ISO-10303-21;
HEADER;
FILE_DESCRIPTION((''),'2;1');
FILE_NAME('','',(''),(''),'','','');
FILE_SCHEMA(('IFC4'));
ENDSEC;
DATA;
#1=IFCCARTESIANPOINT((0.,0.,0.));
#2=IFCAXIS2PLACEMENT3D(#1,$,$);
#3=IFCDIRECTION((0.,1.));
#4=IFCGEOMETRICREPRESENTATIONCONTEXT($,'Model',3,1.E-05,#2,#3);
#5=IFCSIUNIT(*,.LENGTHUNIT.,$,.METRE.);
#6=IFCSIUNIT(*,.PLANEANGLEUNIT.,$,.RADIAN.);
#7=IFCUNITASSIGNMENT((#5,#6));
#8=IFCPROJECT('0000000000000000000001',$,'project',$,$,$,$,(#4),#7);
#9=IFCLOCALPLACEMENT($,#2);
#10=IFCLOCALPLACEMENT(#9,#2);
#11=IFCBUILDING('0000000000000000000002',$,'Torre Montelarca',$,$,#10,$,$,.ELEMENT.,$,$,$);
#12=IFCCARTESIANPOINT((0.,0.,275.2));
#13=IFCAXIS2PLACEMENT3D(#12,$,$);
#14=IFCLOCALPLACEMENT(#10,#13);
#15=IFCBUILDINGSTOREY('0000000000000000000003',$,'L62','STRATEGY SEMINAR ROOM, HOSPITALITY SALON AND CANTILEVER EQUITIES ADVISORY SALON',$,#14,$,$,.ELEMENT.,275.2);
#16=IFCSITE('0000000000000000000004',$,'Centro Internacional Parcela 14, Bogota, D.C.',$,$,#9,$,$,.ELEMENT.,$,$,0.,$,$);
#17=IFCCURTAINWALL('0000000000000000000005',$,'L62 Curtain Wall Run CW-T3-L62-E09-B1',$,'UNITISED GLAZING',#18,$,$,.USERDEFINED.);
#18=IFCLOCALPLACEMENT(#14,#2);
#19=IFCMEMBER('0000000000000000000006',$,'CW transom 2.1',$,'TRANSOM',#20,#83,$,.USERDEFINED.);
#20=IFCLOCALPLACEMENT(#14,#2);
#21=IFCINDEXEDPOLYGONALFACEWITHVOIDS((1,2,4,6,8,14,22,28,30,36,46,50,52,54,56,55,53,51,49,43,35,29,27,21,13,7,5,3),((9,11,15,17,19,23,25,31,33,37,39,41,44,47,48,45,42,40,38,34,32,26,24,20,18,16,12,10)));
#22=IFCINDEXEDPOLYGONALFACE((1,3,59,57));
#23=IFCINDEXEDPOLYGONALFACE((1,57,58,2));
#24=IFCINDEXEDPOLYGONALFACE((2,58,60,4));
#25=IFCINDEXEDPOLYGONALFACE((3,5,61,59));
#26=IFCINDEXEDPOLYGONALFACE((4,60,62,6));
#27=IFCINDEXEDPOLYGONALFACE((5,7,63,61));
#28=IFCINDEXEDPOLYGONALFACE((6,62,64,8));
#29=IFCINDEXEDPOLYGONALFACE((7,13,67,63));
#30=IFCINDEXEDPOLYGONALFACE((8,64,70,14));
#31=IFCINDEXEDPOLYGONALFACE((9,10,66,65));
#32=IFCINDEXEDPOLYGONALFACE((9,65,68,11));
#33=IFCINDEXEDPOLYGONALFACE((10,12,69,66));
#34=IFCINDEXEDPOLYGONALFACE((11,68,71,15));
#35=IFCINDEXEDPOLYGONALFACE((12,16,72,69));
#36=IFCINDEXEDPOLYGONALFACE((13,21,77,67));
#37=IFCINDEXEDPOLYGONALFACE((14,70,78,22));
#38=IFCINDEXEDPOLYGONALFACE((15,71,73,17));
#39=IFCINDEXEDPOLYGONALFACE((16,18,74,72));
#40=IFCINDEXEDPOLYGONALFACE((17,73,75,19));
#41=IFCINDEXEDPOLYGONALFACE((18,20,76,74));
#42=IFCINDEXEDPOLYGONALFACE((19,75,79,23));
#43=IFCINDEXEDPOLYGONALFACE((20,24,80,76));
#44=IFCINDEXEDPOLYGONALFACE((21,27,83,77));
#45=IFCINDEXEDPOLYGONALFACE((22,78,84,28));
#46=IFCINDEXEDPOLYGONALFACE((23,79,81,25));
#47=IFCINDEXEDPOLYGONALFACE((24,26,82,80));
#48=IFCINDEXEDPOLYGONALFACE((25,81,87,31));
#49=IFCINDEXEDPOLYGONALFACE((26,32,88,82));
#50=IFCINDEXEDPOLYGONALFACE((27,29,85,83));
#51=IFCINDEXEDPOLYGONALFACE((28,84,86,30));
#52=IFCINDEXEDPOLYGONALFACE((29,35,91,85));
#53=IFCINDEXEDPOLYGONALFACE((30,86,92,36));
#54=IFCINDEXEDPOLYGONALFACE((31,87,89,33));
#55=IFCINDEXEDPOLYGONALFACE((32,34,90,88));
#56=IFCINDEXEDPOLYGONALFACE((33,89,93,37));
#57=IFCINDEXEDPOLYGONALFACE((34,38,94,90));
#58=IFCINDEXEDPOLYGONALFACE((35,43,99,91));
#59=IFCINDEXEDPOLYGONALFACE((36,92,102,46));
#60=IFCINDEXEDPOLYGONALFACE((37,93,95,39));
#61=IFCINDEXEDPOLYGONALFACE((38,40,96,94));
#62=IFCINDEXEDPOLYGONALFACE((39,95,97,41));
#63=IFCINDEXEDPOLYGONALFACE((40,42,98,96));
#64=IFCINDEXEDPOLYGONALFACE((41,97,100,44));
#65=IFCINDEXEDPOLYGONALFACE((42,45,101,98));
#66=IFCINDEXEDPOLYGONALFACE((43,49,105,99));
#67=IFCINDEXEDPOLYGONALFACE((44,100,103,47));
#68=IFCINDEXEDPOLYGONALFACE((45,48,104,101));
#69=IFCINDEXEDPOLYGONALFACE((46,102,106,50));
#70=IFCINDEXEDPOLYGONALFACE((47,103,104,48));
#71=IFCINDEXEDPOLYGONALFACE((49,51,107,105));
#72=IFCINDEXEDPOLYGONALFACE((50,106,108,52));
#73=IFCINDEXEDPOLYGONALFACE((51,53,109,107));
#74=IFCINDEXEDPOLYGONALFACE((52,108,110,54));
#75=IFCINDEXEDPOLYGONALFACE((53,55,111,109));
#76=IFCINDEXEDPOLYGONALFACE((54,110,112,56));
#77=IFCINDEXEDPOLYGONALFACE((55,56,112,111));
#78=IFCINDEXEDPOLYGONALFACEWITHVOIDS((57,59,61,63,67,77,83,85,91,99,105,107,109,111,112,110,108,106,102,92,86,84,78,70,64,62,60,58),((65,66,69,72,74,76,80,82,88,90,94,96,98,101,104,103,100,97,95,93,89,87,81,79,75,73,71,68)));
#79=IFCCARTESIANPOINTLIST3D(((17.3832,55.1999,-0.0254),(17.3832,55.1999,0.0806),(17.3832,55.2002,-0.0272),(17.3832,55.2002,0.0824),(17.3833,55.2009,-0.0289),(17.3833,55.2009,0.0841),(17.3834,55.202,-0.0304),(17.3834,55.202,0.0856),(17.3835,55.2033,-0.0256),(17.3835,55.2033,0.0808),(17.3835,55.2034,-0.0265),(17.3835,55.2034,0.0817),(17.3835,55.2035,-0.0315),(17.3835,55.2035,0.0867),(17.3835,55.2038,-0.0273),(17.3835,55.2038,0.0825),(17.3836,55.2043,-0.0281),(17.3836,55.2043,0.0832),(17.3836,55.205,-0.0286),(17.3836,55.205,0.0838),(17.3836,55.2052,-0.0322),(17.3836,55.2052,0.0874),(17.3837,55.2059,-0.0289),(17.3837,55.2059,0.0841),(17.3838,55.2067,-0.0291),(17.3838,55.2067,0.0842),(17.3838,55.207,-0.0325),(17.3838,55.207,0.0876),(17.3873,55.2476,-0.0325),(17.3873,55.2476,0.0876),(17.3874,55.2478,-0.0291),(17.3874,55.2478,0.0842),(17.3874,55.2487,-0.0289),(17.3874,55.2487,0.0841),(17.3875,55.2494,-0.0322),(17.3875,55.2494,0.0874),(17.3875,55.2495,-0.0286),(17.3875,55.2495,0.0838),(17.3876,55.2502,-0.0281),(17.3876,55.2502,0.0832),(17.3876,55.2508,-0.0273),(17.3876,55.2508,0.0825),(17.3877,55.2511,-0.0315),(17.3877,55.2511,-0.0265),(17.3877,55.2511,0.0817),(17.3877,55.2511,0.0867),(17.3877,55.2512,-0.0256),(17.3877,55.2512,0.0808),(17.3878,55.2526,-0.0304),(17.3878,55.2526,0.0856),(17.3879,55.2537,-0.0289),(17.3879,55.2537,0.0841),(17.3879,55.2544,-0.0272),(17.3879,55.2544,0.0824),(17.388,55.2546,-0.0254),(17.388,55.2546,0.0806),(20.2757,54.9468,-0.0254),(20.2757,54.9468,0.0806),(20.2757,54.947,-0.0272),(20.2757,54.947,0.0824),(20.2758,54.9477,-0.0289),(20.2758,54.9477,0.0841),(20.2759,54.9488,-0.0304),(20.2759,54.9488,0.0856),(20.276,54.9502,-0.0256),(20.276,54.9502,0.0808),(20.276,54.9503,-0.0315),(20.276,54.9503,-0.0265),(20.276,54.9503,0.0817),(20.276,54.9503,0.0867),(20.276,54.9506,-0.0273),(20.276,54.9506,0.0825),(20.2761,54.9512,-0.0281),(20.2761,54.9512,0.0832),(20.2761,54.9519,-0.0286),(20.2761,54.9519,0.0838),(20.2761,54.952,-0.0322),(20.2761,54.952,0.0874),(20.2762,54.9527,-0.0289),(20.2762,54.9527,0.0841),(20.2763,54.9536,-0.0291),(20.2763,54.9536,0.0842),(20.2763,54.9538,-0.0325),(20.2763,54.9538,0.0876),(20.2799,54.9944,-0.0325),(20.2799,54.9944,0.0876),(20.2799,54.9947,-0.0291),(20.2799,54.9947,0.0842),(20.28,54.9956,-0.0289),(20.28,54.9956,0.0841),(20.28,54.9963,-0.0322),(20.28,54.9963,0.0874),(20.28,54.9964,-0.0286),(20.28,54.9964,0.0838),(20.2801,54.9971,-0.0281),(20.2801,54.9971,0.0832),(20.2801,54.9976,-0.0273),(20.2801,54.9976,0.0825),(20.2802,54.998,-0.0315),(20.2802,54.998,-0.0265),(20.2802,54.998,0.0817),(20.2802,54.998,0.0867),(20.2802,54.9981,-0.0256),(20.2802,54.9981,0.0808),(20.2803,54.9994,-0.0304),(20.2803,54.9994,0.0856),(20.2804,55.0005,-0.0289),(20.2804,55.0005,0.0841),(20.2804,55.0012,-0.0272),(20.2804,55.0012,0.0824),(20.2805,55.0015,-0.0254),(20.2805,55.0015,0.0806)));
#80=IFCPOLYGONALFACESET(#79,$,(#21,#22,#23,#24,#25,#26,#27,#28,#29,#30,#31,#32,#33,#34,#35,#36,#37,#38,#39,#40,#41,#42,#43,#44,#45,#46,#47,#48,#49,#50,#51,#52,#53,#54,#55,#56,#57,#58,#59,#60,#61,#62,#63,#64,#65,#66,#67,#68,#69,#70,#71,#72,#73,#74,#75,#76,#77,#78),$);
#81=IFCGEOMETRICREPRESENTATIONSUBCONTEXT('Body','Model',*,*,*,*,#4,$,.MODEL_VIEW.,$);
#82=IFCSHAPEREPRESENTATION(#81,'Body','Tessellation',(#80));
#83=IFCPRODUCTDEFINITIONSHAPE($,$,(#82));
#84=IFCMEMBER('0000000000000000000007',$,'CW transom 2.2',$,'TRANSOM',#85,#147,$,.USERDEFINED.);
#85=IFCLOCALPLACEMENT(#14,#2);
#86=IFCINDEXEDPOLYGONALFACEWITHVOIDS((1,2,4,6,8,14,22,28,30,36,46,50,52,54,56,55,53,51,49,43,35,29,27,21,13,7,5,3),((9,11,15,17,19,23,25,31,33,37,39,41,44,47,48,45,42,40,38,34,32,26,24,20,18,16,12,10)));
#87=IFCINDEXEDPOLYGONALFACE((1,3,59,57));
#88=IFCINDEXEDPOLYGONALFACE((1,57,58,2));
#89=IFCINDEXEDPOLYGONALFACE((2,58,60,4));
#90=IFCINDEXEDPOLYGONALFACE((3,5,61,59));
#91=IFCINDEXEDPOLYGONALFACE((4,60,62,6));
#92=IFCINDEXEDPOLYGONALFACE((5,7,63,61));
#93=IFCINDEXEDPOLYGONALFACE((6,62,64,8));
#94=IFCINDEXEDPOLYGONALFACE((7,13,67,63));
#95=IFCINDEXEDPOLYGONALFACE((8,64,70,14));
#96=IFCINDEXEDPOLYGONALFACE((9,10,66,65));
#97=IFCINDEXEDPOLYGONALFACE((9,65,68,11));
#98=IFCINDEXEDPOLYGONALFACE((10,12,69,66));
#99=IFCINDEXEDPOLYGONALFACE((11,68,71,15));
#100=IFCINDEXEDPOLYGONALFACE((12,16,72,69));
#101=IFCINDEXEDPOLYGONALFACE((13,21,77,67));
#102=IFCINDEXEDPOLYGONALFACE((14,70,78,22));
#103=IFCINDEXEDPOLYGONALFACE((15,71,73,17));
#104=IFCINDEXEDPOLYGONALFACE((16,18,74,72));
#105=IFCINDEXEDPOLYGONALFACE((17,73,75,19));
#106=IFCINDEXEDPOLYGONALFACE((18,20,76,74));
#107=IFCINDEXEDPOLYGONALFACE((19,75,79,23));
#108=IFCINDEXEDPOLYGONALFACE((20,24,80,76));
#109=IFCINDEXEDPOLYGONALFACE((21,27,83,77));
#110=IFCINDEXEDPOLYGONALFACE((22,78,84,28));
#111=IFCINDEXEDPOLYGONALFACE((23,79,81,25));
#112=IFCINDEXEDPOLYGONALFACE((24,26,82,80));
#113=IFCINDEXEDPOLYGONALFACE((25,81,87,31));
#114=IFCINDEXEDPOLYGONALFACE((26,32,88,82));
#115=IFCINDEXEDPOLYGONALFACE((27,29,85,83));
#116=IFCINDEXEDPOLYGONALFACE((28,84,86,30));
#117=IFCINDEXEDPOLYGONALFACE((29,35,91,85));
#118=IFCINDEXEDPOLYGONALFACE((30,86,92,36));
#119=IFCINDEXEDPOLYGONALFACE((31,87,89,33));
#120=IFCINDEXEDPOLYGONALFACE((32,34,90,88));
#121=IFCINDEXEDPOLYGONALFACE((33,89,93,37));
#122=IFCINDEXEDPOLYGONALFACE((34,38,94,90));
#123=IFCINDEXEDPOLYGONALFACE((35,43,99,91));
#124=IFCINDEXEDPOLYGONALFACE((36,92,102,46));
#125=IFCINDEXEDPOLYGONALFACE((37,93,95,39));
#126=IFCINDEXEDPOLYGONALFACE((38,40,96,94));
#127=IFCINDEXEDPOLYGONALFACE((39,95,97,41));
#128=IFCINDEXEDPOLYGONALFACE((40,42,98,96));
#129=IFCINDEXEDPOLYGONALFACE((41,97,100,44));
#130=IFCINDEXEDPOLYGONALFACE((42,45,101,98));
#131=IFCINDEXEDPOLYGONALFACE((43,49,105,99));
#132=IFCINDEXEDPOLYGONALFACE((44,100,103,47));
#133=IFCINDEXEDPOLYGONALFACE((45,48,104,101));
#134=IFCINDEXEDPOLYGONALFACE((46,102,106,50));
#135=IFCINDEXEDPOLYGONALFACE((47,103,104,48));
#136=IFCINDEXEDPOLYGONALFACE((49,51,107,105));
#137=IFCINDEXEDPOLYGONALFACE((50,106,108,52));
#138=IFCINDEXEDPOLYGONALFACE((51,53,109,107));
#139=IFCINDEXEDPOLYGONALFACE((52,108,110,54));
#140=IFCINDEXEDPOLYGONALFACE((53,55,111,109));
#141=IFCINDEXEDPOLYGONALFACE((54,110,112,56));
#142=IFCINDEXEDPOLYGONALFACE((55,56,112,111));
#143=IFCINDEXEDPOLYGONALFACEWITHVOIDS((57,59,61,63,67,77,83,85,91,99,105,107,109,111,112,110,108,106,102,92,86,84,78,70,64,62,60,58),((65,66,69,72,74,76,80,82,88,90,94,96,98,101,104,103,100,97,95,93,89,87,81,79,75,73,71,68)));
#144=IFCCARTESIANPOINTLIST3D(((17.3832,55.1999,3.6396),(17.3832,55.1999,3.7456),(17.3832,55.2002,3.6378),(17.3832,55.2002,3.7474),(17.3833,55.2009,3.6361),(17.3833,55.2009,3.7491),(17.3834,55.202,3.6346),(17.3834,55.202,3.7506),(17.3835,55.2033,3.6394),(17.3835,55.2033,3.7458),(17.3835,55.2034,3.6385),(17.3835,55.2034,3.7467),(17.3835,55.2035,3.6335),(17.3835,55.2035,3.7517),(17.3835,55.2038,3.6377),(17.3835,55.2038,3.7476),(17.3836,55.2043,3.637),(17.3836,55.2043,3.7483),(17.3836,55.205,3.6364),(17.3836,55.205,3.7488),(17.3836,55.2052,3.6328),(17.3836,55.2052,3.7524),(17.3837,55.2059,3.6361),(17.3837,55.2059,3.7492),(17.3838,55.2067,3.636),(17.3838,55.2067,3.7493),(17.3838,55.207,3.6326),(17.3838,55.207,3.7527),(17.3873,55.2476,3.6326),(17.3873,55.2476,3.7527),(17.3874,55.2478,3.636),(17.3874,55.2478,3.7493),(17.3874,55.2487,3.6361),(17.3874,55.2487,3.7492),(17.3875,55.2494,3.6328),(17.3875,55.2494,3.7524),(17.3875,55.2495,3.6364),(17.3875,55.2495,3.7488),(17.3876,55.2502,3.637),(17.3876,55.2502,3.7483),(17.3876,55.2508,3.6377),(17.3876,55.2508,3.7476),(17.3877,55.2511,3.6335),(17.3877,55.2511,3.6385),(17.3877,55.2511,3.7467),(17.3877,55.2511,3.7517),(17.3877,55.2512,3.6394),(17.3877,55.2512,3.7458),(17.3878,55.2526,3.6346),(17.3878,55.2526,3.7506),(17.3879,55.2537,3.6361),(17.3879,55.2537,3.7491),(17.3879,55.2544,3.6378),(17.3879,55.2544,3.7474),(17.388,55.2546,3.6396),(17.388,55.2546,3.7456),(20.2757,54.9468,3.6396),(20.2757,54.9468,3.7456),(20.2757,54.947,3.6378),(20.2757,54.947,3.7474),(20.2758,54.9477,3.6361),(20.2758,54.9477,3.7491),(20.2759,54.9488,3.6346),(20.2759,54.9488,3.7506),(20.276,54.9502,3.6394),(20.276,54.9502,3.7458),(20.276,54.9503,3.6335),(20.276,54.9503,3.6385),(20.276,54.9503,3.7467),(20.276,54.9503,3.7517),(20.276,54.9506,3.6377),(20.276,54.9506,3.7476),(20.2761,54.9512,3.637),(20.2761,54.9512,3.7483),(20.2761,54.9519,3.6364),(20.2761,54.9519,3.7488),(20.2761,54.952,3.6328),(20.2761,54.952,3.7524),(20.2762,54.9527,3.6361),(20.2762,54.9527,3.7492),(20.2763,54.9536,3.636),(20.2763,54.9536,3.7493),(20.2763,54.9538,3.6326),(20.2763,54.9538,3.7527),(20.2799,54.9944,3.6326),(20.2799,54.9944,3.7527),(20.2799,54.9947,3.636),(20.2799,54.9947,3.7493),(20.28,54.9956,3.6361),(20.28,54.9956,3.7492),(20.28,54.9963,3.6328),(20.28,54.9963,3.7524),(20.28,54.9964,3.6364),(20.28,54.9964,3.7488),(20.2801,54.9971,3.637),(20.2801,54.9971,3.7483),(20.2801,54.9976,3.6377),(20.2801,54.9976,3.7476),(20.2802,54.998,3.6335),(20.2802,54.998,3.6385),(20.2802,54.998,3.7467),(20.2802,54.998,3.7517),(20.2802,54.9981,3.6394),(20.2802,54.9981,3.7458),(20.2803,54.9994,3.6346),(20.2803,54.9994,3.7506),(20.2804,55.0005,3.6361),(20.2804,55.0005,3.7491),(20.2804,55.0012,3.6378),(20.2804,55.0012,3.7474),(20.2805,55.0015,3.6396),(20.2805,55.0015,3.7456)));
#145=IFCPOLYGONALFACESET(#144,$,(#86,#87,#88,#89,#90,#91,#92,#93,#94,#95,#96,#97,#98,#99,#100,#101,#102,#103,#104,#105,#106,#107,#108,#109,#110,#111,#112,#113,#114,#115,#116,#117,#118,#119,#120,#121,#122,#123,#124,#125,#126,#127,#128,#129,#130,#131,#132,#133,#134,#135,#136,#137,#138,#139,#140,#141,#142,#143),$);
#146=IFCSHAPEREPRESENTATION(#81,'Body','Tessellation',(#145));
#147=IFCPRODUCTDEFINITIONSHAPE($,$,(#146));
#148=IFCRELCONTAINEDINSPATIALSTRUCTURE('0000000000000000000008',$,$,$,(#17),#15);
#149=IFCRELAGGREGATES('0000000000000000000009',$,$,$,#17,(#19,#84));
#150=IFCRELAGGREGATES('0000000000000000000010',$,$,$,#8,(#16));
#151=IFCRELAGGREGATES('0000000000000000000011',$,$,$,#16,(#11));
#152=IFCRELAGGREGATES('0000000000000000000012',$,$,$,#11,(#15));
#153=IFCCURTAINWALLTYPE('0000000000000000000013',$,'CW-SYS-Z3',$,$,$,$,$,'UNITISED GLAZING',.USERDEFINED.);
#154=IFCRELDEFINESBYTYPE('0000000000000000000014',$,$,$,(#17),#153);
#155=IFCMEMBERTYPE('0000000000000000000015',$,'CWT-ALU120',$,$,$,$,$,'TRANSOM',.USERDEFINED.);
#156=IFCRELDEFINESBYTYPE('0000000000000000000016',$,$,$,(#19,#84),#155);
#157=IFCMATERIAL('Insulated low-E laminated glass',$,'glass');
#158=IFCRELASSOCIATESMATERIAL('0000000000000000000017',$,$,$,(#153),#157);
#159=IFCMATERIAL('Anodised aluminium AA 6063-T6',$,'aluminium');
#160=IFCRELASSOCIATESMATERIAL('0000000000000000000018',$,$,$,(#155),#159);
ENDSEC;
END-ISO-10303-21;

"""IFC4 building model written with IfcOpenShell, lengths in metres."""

from ifc_helpers import new_model, si_unit, direction, frame, origin, origin_2d, place, context, subcontext, project, spatial, hollow_rectangle, extrude, source, transform, mapped, material, material_profile, profile_set, type_object, element, aggregate, save


model = new_model("IFC4")

# Units and contexts
model_context = context("Model", 3, precision=1e-05, world=origin(), true_north=direction((0.0, 1.0)))
body_context = subcontext(model_context, "Body", "Model", "MODEL_VIEW")
ifc_project = project(units=[si_unit("LENGTHUNIT", "METRE"), si_unit("PLANEANGLEUNIT", "RADIAN")], contexts=[model_context])

# Site, building, storey
site_placement = place(None, origin())
site = spatial("IfcSite", under=ifc_project, at=site_placement, Name="Centro Internacional Parcela 14, Bogota, D.C.", CompositionType="ELEMENT", RefElevation=0.0)
building_placement = place(site_placement, origin())
building = spatial("IfcBuilding", under=site, at=building_placement, Name="Torre Montelarca", CompositionType="ELEMENT")
storey_placement = place(building_placement, frame((0.0, 0.0, 275.2)))
storey = spatial("IfcBuildingStorey", under=building, at=storey_placement, Name="L62", Description="STRATEGY SEMINAR ROOM, HOSPITALITY SALON AND CANTILEVER EQUITIES ADVISORY SALON", CompositionType="ELEMENT", Elevation=275.2)

# Curtain wall, members
ifc_material_1 = material(Name="Insulated low-E laminated glass", Category="glass")
curtain_wall_type = type_object("IfcCurtainWallType", Name="CW-SYS-Z3", ElementType="UNITISED GLAZING", PredefinedType="USERDEFINED", material=ifc_material_1)
curtain_wall_placement = place(storey_placement, origin())
curtain_wall = element("IfcCurtainWall", 1, at=curtain_wall_placement, inside=storey, type_object=curtain_wall_type, Name="L62 Curtain Wall Run CW-T3-L62-E09-B1", ObjectType="UNITISED GLAZING", PredefinedType="USERDEFINED")
ifc_material_2 = material(Name="Anodised aluminium AA 6063-T6", Category="aluminium")
ifc_material_profile_1 = material_profile(ifc_material_2, hollow_rectangle(XDim=0.0549, YDim=0.1201, WallThickness=0.0034, InnerFilletRadius=0.0034, OuterFilletRadius=0.0071, at=origin_2d()), Name="ALU55X120X3.5", Category="aluminium")
ifc_profile_set_1 = profile_set([ifc_material_profile_1], Name="Anodised aluminium AA 6063-T6")
member_type_1 = type_object("IfcMemberType", Name="CWT-ALU120", ElementType="TRANSOM", PredefinedType="USERDEFINED", material=ifc_profile_set_1)
shared_shape_1 = source(origin(), body_context, "Body", "SweptSolid", [
    extrude(hollow_rectangle(XDim=0.0549, YDim=0.1201, WallThickness=0.0034, InnerFilletRadius=0.0034, OuterFilletRadius=0.0071, at=origin_2d()), origin(), (0.0, 0.0, 1.0), 2.9036),
])
member_1_placement = place(storey_placement, frame((20.2781, 54.9741, 0.0276), z_axis=(-0.996192, 0.087192, 0.0), x_axis=(-0.087192, -0.996192, 0.0)))
member_1 = element("IfcMember", 2, at=member_1_placement, type_object=member_type_1, Name="CW transom 2.1", ObjectType="TRANSOM", PredefinedType="USERDEFINED", context=body_context, shape_type="MappedRepresentation", body=[
    mapped(shared_shape_1, transform((0.0, 0.0, 0.0), scale=1.0)),
])
member_2_placement = place(storey_placement, frame((20.2781, 54.9741, 3.6926), z_axis=(-0.996192, 0.087192, 0.0), x_axis=(-0.087192, -0.996192, 0.0)))
member_2 = element("IfcMember", 3, at=member_2_placement, type_object=member_type_1, Name="CW transom 2.2", ObjectType="TRANSOM", PredefinedType="USERDEFINED", context=body_context, shape_type="MappedRepresentation", body=[
    mapped(shared_shape_1, transform((0.0, 0.0, 0.0), scale=1.0)),
])
aggregate(curtain_wall, [member_1, member_2])

save(model, "model.ifc")
